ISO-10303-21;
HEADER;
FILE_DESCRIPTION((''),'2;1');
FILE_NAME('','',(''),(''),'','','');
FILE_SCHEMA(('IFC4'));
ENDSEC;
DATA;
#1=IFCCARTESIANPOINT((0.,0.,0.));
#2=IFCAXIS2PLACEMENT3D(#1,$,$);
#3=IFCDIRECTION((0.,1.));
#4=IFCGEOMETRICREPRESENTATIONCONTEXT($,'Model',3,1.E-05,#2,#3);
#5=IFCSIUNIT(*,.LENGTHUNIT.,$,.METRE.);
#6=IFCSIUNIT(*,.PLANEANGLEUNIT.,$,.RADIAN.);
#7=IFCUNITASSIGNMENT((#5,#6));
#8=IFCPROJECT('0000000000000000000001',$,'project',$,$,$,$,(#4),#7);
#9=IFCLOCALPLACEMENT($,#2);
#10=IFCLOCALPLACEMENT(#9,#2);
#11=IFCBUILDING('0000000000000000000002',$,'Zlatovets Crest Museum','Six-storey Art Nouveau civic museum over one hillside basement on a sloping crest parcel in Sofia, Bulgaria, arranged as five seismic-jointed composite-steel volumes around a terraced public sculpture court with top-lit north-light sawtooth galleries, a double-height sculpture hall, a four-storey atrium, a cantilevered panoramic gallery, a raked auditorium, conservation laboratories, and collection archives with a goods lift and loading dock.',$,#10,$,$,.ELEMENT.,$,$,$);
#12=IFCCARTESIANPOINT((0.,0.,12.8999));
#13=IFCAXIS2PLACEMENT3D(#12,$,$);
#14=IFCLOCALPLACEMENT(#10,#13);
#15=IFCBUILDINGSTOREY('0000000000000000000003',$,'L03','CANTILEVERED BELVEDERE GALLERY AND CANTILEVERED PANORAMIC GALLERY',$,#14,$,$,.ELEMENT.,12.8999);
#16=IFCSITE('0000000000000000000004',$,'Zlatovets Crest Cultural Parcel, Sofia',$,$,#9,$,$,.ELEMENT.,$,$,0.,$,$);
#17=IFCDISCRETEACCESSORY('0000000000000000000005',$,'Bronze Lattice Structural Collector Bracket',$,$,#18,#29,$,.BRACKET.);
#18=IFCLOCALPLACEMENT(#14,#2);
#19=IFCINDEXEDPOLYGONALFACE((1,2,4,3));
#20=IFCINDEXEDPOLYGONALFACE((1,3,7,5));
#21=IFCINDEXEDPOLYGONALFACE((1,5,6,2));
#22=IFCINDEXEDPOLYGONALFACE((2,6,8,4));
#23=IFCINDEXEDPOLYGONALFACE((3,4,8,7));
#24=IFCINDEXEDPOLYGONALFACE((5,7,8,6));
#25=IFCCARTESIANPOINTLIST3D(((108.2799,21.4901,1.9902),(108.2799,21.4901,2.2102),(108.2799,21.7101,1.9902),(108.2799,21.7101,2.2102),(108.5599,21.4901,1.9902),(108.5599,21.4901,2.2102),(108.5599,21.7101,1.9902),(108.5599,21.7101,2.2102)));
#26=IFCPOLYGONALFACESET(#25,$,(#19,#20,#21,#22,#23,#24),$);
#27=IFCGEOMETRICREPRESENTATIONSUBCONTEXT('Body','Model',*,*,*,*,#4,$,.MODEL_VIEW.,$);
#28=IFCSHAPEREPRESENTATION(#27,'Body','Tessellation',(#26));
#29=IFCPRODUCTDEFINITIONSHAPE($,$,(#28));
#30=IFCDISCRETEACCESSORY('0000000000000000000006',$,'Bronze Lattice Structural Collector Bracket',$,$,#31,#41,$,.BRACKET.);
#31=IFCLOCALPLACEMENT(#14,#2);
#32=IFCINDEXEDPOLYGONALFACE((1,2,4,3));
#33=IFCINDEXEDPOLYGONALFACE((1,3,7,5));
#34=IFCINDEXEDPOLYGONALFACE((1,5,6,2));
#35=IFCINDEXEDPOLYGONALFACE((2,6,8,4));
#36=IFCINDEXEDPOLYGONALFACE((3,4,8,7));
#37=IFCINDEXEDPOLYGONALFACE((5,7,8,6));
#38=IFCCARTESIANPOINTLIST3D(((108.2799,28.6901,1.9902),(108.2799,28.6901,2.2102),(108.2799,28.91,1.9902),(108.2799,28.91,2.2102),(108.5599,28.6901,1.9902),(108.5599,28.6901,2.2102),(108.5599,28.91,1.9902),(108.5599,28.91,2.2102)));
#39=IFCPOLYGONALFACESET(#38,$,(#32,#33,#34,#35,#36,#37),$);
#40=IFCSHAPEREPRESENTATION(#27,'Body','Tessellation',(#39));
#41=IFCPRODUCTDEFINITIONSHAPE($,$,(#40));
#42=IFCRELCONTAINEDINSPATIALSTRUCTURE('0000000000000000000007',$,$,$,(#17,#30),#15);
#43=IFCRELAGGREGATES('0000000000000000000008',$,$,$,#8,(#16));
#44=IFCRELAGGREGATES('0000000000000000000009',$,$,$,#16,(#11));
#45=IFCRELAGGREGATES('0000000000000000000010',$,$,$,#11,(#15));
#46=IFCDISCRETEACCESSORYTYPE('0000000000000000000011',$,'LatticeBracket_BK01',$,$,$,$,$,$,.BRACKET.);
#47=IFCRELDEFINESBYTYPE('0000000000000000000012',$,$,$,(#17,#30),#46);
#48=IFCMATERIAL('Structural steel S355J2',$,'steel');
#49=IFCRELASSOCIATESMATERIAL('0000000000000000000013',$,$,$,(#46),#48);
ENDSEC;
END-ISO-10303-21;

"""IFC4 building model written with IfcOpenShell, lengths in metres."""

from ifc_helpers import new_model, si_unit, direction, frame, origin, origin_2d, place, context, subcontext, project, spatial, rectangle, extrude, material, type_object, element, save


model = new_model("IFC4")

# Units and contexts
model_context = context("Model", 3, precision=1e-05, world=origin(), true_north=direction((0.0, 1.0)))
body_context = subcontext(model_context, "Body", "Model", "MODEL_VIEW")
ifc_project = project(units=[si_unit("LENGTHUNIT", "METRE"), si_unit("PLANEANGLEUNIT", "RADIAN")], contexts=[model_context])

# Site, building, storey
site_placement = place(None, origin())
site = spatial("IfcSite", under=ifc_project, at=site_placement, Name="Zlatovets Crest Cultural Parcel, Sofia", CompositionType="ELEMENT", RefElevation=0.0)
building_placement = place(site_placement, origin())
building = spatial("IfcBuilding", under=site, at=building_placement, Name="Zlatovets Crest Museum", Description="Six-storey Art Nouveau civic museum over one hillside basement on a sloping crest parcel in Sofia, Bulgaria, arranged as five seismic-jointed composite-steel volumes around a terraced public sculpture court with top-lit north-light sawtooth galleries, a double-height sculpture hall, a four-storey atrium, a cantilevered panoramic gallery, a raked auditorium, conservation laboratories, and collection archives with a goods lift and loading dock.", CompositionType="ELEMENT")
storey_placement = place(building_placement, frame((0.0, 0.0, 12.8999)))
storey = spatial("IfcBuildingStorey", under=building, at=storey_placement, Name="L03", Description="CANTILEVERED BELVEDERE GALLERY AND CANTILEVERED PANORAMIC GALLERY", CompositionType="ELEMENT", Elevation=12.8999)

# Shared definitions
ifc_material_1 = material(Name="Structural steel S355J2", Category="steel")

# Discrete accessories
discrete_accessory_type = type_object("IfcDiscreteAccessoryType", Name="LatticeBracket_BK01", PredefinedType="BRACKET", material=ifc_material_1)
for number, where, z_axis, x_axis, name in (
    (1, (108.4199, 21.6001, 1.9902), (0.0, 0.0, 1.0), (1.0, 0.0, 0.0), "Bronze Lattice Structural Collector Bracket"),
    (2, (108.4199, 28.8, 1.9902), (0.0, 0.0, 1.0), (1.0, 0.0, 0.0), "Bronze Lattice Structural Collector Bracket"),
):
    element("IfcDiscreteAccessory", number, at=place(storey_placement, frame(where, z_axis=z_axis, x_axis=x_axis)), inside=storey, type_object=discrete_accessory_type, Name=name, PredefinedType="BRACKET", context=body_context, shape_type="SweptSolid", body=[
        extrude(rectangle(XDim=0.28, YDim=0.22, at=origin_2d()), origin(), (0.0, 0.0, 1.0), 0.22),
    ])

save(model, "model.ifc")
